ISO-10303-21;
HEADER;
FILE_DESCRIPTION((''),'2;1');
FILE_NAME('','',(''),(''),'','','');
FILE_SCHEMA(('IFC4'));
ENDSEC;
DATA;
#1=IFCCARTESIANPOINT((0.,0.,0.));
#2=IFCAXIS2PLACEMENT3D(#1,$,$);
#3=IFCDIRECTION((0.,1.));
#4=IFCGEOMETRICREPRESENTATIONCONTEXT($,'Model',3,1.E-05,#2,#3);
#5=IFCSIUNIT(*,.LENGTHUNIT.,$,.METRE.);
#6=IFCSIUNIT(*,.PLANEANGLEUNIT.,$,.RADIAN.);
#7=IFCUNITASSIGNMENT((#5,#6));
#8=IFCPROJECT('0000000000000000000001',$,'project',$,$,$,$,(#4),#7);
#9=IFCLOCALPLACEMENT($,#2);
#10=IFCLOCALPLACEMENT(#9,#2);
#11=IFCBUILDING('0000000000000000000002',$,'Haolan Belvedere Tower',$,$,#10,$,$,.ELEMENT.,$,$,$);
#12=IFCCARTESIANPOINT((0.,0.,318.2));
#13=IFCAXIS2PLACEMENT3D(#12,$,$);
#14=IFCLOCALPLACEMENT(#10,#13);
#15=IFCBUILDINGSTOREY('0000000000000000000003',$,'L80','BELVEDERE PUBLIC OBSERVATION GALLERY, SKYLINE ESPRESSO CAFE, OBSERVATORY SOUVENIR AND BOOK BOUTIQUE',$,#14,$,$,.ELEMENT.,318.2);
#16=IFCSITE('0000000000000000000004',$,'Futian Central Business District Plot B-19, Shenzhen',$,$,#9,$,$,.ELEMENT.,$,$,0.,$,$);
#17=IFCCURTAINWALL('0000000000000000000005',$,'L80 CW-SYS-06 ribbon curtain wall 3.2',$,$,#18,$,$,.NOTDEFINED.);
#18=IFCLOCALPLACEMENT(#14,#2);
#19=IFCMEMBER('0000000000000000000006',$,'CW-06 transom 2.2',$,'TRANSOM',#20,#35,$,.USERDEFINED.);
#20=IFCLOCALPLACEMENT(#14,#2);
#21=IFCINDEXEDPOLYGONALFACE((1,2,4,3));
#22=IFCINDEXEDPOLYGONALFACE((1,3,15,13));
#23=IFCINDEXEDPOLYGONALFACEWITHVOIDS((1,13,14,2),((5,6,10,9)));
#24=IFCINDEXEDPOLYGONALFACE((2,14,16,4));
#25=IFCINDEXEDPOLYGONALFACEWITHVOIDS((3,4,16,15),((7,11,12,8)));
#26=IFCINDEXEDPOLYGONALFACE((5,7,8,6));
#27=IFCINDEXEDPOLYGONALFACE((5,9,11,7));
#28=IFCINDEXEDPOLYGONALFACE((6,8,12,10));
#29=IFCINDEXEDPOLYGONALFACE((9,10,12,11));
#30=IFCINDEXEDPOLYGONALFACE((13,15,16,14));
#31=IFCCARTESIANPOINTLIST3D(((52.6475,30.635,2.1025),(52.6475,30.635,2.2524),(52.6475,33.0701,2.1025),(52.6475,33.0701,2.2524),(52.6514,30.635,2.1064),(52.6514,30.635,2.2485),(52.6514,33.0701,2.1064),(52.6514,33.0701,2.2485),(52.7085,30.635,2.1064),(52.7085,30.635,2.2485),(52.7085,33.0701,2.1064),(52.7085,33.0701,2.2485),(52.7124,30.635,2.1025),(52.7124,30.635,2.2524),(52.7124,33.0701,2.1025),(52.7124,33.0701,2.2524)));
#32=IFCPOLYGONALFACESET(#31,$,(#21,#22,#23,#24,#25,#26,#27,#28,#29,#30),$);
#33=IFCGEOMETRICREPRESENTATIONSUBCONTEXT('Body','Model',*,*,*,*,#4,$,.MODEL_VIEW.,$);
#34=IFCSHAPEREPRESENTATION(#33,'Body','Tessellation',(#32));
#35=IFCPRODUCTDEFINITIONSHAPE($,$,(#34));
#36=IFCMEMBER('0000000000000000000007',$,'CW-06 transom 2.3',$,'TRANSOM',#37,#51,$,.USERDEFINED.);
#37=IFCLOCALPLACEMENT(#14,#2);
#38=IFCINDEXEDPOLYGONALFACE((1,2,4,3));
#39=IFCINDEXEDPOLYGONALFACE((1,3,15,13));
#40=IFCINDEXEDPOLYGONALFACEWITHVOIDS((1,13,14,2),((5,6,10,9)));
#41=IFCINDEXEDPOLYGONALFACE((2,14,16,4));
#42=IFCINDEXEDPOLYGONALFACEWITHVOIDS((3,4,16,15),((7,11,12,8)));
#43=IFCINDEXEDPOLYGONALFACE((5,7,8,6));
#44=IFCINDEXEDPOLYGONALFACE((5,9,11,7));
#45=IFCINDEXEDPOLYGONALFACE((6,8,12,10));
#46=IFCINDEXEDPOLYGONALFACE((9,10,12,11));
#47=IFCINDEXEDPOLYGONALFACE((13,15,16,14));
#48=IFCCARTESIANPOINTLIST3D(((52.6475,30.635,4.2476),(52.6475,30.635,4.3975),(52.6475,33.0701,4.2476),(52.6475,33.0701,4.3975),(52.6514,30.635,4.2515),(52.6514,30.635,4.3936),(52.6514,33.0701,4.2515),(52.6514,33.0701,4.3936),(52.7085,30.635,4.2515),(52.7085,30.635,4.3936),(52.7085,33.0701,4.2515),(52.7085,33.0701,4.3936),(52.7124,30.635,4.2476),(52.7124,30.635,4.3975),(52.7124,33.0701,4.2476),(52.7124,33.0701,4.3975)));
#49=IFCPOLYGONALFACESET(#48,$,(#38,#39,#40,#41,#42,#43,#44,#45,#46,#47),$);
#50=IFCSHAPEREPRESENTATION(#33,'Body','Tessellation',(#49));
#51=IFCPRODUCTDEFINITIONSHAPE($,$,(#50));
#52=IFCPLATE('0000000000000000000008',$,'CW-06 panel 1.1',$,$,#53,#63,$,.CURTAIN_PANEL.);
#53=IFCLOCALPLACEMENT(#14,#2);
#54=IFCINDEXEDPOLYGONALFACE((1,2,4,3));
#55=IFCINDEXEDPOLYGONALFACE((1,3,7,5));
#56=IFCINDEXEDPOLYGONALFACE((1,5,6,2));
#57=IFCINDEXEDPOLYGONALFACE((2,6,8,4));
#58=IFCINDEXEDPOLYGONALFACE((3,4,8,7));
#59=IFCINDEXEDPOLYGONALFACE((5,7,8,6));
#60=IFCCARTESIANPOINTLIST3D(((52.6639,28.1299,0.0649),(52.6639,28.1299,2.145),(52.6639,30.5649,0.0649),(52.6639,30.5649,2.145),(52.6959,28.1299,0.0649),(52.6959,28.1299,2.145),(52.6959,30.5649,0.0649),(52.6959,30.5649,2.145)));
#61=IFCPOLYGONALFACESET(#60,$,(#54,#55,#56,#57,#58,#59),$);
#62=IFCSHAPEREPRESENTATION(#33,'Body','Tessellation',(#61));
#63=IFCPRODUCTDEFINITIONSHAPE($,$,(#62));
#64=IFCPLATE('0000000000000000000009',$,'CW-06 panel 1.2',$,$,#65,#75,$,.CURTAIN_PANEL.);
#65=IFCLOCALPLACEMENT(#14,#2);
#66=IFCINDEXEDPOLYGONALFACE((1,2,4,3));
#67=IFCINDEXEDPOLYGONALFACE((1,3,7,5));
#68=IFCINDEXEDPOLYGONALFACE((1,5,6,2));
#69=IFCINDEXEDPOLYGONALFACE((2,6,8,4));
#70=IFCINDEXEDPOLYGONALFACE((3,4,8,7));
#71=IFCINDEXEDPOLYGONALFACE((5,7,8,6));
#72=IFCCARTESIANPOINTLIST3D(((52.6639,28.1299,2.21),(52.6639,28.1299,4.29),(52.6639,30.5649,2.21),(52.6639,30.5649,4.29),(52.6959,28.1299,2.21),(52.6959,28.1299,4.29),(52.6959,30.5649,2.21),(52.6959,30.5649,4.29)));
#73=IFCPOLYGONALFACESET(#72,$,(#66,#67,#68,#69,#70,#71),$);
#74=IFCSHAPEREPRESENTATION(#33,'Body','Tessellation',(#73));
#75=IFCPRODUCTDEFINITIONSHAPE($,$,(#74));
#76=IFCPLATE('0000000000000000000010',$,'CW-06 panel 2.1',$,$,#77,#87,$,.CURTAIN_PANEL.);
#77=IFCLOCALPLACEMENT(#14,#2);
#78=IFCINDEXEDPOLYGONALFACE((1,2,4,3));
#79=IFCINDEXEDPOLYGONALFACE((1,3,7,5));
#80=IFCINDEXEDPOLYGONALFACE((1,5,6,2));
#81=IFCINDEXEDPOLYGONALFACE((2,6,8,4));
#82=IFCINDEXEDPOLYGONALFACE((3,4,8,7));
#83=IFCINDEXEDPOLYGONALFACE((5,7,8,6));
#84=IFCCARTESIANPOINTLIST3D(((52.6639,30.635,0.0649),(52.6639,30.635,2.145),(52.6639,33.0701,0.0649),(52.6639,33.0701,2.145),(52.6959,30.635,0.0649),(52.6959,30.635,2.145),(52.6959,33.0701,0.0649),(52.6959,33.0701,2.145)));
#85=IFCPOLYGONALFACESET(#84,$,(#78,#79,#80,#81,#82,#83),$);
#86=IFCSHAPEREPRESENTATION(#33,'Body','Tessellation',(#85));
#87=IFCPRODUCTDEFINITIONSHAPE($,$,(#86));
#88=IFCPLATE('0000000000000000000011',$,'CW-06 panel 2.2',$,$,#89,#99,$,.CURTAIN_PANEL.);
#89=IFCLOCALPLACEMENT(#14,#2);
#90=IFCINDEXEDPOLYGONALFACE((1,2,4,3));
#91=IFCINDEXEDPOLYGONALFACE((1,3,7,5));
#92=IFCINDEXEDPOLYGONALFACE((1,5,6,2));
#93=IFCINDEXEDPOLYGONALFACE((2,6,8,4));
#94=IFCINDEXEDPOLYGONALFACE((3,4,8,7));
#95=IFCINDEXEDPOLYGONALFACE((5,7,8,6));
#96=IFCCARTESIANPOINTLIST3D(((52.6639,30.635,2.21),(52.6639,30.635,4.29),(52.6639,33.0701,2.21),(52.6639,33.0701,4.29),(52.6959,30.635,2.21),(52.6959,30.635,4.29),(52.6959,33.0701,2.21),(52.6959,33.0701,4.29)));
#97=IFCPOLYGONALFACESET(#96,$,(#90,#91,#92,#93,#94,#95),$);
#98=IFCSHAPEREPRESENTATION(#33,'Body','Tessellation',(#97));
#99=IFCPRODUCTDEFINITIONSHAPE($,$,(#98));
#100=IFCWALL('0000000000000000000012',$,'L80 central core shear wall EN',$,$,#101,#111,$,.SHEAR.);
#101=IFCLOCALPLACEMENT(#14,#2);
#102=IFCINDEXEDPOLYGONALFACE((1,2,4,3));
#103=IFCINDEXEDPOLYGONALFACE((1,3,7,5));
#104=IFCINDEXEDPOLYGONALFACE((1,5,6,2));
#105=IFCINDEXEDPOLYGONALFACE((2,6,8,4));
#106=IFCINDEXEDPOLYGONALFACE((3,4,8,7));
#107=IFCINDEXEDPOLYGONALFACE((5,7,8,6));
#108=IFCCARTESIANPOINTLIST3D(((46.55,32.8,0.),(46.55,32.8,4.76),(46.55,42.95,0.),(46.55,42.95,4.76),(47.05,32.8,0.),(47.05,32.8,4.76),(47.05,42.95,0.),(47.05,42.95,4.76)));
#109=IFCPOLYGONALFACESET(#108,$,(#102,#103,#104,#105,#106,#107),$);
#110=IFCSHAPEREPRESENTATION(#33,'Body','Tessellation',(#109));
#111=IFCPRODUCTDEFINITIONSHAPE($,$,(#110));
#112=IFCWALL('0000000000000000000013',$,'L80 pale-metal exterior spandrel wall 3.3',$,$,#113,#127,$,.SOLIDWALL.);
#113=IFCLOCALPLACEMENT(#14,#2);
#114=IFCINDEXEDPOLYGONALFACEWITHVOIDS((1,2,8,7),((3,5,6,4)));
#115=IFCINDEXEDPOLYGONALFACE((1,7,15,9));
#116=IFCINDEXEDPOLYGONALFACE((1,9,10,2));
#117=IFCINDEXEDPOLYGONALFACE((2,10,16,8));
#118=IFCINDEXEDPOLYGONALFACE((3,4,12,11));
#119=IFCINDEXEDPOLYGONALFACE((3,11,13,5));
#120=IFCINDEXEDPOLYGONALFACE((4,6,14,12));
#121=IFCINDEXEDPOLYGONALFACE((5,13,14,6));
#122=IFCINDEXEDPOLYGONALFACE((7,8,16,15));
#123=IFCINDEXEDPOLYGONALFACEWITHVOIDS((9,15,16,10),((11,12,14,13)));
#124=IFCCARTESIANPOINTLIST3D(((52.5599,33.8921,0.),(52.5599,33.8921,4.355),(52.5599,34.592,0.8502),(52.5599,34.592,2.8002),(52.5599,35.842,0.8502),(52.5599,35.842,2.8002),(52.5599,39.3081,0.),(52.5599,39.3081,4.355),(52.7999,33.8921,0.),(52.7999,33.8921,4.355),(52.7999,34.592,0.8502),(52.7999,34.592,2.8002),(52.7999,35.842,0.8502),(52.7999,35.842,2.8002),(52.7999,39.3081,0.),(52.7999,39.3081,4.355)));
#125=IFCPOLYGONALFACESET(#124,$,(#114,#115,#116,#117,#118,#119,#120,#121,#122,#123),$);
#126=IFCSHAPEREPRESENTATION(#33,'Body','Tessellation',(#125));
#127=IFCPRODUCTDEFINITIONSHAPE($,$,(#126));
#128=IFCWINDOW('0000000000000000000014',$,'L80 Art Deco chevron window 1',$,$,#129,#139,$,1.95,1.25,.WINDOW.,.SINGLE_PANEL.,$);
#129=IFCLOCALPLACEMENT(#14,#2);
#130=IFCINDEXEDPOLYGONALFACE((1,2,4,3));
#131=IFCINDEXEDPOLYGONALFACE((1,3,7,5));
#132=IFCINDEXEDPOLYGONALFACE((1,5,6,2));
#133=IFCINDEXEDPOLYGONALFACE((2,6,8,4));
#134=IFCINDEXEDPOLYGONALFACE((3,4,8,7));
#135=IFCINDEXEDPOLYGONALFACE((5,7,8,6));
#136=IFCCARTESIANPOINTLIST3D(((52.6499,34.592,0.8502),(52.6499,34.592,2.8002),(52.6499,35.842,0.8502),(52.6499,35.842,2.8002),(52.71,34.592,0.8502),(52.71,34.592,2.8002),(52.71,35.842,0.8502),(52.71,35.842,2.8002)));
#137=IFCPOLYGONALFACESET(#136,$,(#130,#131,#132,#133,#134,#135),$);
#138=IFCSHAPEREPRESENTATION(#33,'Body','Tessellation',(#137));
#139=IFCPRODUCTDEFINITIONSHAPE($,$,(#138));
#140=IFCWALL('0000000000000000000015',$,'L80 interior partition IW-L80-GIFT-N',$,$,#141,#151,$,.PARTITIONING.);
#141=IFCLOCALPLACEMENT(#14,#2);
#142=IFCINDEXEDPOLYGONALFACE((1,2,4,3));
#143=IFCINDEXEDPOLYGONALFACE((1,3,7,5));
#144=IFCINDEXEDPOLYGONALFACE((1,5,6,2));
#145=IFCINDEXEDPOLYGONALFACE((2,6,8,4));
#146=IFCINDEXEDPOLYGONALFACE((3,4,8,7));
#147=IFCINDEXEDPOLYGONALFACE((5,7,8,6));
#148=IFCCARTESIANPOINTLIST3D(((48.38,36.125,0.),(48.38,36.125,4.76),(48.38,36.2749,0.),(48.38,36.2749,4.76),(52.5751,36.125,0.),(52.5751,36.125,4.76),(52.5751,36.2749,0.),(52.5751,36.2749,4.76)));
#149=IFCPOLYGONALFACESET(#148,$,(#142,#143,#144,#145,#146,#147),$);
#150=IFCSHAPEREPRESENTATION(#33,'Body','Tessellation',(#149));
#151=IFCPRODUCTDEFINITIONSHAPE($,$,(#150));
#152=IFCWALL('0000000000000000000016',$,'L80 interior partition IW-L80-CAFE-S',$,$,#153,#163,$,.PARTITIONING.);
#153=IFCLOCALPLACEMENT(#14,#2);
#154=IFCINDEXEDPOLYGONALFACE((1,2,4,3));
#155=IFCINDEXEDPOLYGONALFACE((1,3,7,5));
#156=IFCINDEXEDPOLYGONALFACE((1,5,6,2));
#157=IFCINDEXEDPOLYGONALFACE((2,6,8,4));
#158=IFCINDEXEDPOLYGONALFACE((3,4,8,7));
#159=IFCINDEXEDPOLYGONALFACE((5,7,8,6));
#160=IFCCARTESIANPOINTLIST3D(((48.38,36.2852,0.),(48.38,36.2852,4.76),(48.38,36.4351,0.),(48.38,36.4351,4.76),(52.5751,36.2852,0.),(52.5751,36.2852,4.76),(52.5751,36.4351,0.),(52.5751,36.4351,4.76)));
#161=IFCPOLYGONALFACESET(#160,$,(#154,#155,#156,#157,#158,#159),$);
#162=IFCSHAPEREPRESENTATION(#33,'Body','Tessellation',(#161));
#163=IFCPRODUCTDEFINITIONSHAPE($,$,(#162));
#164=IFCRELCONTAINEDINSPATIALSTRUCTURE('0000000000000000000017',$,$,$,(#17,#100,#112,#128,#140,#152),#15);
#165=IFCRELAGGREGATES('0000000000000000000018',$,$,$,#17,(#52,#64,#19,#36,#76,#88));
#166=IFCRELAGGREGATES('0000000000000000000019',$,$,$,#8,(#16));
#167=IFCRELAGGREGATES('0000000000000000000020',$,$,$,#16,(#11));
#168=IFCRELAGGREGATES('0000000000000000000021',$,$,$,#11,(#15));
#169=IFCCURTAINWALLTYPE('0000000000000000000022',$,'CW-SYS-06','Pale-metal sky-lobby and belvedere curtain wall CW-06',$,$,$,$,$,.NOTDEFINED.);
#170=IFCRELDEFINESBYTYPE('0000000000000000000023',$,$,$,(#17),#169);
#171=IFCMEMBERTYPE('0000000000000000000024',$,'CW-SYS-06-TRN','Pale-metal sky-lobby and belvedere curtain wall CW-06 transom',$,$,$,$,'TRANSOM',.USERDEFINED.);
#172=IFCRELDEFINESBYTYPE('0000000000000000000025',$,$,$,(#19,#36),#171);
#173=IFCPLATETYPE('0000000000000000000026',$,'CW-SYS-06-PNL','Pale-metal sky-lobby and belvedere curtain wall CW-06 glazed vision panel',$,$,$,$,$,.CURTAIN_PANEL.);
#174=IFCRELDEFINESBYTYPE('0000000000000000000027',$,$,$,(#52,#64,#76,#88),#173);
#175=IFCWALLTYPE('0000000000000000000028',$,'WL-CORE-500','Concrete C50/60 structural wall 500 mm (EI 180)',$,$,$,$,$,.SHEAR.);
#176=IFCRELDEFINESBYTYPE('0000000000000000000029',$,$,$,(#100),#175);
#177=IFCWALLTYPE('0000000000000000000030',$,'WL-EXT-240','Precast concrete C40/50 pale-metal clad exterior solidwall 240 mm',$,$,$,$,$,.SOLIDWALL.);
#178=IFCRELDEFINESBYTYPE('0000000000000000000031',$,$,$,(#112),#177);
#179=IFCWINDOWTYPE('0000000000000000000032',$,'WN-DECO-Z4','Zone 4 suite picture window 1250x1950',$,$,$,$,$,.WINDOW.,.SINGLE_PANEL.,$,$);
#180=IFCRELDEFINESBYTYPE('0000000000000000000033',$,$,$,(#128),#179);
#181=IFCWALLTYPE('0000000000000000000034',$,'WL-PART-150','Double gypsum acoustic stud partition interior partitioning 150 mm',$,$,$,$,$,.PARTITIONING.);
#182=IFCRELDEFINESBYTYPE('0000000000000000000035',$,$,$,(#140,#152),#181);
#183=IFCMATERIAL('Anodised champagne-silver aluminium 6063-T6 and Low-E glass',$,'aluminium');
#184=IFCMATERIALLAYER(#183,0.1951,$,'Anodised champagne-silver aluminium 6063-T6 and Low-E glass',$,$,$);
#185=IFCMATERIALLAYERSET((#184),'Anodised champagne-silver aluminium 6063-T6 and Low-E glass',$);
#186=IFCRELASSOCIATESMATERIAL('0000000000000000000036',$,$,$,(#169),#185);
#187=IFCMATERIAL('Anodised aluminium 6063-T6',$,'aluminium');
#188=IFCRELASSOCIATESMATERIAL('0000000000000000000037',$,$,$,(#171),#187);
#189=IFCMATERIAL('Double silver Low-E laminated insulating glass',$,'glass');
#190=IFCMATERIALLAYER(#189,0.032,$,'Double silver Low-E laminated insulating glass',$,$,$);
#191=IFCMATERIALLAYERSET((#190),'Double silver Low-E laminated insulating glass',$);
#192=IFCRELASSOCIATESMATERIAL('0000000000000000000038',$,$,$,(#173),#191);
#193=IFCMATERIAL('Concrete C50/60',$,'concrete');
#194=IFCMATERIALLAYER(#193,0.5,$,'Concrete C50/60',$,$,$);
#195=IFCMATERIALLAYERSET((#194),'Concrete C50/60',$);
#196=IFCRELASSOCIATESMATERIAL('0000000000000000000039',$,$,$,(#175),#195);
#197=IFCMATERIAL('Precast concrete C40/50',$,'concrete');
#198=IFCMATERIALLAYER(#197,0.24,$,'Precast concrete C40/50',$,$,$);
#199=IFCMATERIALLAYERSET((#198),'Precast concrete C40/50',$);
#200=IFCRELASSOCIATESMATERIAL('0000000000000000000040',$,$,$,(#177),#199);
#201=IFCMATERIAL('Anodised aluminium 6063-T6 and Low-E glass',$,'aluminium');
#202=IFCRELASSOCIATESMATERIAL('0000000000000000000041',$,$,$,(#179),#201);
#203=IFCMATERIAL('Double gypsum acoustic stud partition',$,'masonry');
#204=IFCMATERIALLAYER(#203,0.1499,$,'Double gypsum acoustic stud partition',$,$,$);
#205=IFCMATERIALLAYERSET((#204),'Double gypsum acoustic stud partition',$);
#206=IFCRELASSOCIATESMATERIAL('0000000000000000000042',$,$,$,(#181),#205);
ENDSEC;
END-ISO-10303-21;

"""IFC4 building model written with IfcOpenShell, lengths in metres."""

from ifc_helpers import new_model, si_unit, direction, frame, frame_2d, origin, origin_2d, place, context, subcontext, project, spatial, rectangle, hollow_rectangle, extrude, material, layer, layer_set, material_profile, profile_set, type_object, element, fill, aggregate, save


model = new_model("IFC4")

# Units and contexts
model_context = context("Model", 3, precision=1e-05, world=origin(), true_north=direction((0.0, 1.0)))
body_context = subcontext(model_context, "Body", "Model", "MODEL_VIEW")
ifc_project = project(units=[si_unit("LENGTHUNIT", "METRE"), si_unit("PLANEANGLEUNIT", "RADIAN")], contexts=[model_context])

# Site, building, storey
site_placement = place(None, origin())
site = spatial("IfcSite", under=ifc_project, at=site_placement, Name="Futian Central Business District Plot B-19, Shenzhen", CompositionType="ELEMENT", RefElevation=0.0)
building_placement = place(site_placement, origin())
building = spatial("IfcBuilding", under=site, at=building_placement, Name="Haolan Belvedere Tower", CompositionType="ELEMENT")
storey_placement = place(building_placement, frame((0.0, 0.0, 318.2)))
storey = spatial("IfcBuildingStorey", under=building, at=storey_placement, Name="L80", Description="BELVEDERE PUBLIC OBSERVATION GALLERY, SKYLINE ESPRESSO CAFE, OBSERVATORY SOUVENIR AND BOOK BOUTIQUE", CompositionType="ELEMENT", Elevation=318.2)

# Curtain wall, members, plates
ifc_material_1 = material(Name="Anodised champagne-silver aluminium 6063-T6 and Low-E glass", Category="aluminium")
ifc_layer_1 = layer(ifc_material_1, 0.1951, Name="Anodised champagne-silver aluminium 6063-T6 and Low-E glass")
ifc_layer_set_1 = layer_set([ifc_layer_1], Name="Anodised champagne-silver aluminium 6063-T6 and Low-E glass")
curtain_wall_type = type_object("IfcCurtainWallType", Name="CW-SYS-06", Description="Pale-metal sky-lobby and belvedere curtain wall CW-06", PredefinedType="NOTDEFINED", material=ifc_layer_set_1)
curtain_wall_placement = place(storey_placement, origin())
curtain_wall = element("IfcCurtainWall", 1, at=curtain_wall_placement, inside=storey, type_object=curtain_wall_type, Name="L80 CW-SYS-06 ribbon curtain wall 3.2", PredefinedType="NOTDEFINED")
ifc_material_2 = material(Name="Anodised aluminium 6063-T6", Category="aluminium")
ifc_material_profile_1 = material_profile(ifc_material_2, hollow_rectangle(XDim=0.0649, YDim=0.1499, WallThickness=0.0039, at=origin_2d()), Name="Anodised aluminium 6063-T6")
ifc_profile_set_1 = profile_set([ifc_material_profile_1], Name="Anodised aluminium 6063-T6")
member_type_1 = type_object("IfcMemberType", Name="CW-SYS-06-TRN", Description="Pale-metal sky-lobby and belvedere curtain wall CW-06 transom", ElementType="TRANSOM", PredefinedType="USERDEFINED", material=ifc_profile_set_1)
member_1_placement = place(storey_placement, frame((52.6799, 30.635, 2.1775), z_axis=(0.0, 1.0, 0.0), x_axis=(-1.0, 0.0, 0.0)))
member_1 = element("IfcMember", 2, at=member_1_placement, type_object=member_type_1, Name="CW-06 transom 2.2", ObjectType="TRANSOM", PredefinedType="USERDEFINED", context=body_context, shape_type="SweptSolid", body=[
    extrude(hollow_rectangle(XDim=0.0649, YDim=0.1499, WallThickness=0.0039, at=origin_2d()), origin(), (0.0, 0.0, 1.0), 2.4351),
])
member_2_placement = place(storey_placement, frame((52.6799, 30.635, 4.3225), z_axis=(0.0, 1.0, 0.0), x_axis=(-1.0, 0.0, 0.0)))
member_2 = element("IfcMember", 3, at=member_2_placement, type_object=member_type_1, Name="CW-06 transom 2.3", ObjectType="TRANSOM", PredefinedType="USERDEFINED", context=body_context, shape_type="SweptSolid", body=[
    extrude(hollow_rectangle(XDim=0.0649, YDim=0.1499, WallThickness=0.0039, at=origin_2d()), origin(), (0.0, 0.0, 1.0), 2.4351),
])
ifc_material_3 = material(Name="Double silver Low-E laminated insulating glass", Category="glass")
ifc_layer_2 = layer(ifc_material_3, 0.032, Name="Double silver Low-E laminated insulating glass")
ifc_layer_set_2 = layer_set([ifc_layer_2], Name="Double silver Low-E laminated insulating glass")
plate_type = type_object("IfcPlateType", Name="CW-SYS-06-PNL", Description="Pale-metal sky-lobby and belvedere curtain wall CW-06 glazed vision panel", PredefinedType="CURTAIN_PANEL", material=ifc_layer_set_2)
plate_1_placement = place(storey_placement, frame((52.6799, 29.3474, 0.0649), z_axis=(0.0, 0.0, 1.0), x_axis=(0.0, 1.0, 0.0)))
plate_1 = element("IfcPlate", 4, at=plate_1_placement, type_object=plate_type, Name="CW-06 panel 1.1", PredefinedType="CURTAIN_PANEL", context=body_context, shape_type="SweptSolid", body=[
    extrude(rectangle(XDim=2.4351, YDim=0.032, at=origin_2d()), origin(), (0.0, 0.0, 1.0), 2.0801),
])
plate_2_placement = place(storey_placement, frame((52.6799, 29.3474, 2.21), z_axis=(0.0, 0.0, 1.0), x_axis=(0.0, 1.0, 0.0)))
plate_2 = element("IfcPlate", 5, at=plate_2_placement, type_object=plate_type, Name="CW-06 panel 1.2", PredefinedType="CURTAIN_PANEL", context=body_context, shape_type="SweptSolid", body=[
    extrude(rectangle(XDim=2.4351, YDim=0.032, at=origin_2d()), origin(), (0.0, 0.0, 1.0), 2.0801),
])
plate_3_placement = place(storey_placement, frame((52.6799, 31.8525, 0.0649), z_axis=(0.0, 0.0, 1.0), x_axis=(0.0, 1.0, 0.0)))
plate_3 = element("IfcPlate", 6, at=plate_3_placement, type_object=plate_type, Name="CW-06 panel 2.1", PredefinedType="CURTAIN_PANEL", context=body_context, shape_type="SweptSolid", body=[
    extrude(rectangle(XDim=2.4351, YDim=0.032, at=origin_2d()), origin(), (0.0, 0.0, 1.0), 2.0801),
])
plate_4_placement = place(storey_placement, frame((52.6799, 31.8525, 2.21), z_axis=(0.0, 0.0, 1.0), x_axis=(0.0, 1.0, 0.0)))
plate_4 = element("IfcPlate", 7, at=plate_4_placement, type_object=plate_type, Name="CW-06 panel 2.2", PredefinedType="CURTAIN_PANEL", context=body_context, shape_type="SweptSolid", body=[
    extrude(rectangle(XDim=2.4351, YDim=0.032, at=origin_2d()), origin(), (0.0, 0.0, 1.0), 2.0801),
])
aggregate(curtain_wall, [plate_1, plate_2, member_1, member_2, plate_3, plate_4])

# Wall
ifc_material_4 = material(Name="Concrete C50/60", Category="concrete")
ifc_layer_3 = layer(ifc_material_4, 0.5, Name="Concrete C50/60")
ifc_layer_set_3 = layer_set([ifc_layer_3], Name="Concrete C50/60")
wall_type_1 = type_object("IfcWallType", Name="WL-CORE-500", Description="Concrete C50/60 structural wall 500 mm (EI 180)", PredefinedType="SHEAR", material=ifc_layer_set_3)
wall_1_placement = place(storey_placement, frame((46.8, 32.8, 0.0), z_axis=(0.0, 0.0, 1.0), x_axis=(0.0, 1.0, 0.0)))
element("IfcWall", 8, at=wall_1_placement, inside=storey, type_object=wall_type_1, Name="L80 central core shear wall EN", PredefinedType="SHEAR", context=body_context, shape_type="SweptSolid", body=[
    extrude(rectangle(XDim=10.1499, YDim=0.5, at=frame_2d((5.075, 0.0))), origin(), (0.0, 0.0, 1.0), 4.76),
])

# Wall, opening, window
ifc_material_5 = material(Name="Precast concrete C40/50", Category="concrete")
ifc_layer_4 = layer(ifc_material_5, 0.24, Name="Precast concrete C40/50")
ifc_layer_set_4 = layer_set([ifc_layer_4], Name="Precast concrete C40/50")
wall_type_2 = type_object("IfcWallType", Name="WL-EXT-240", Description="Precast concrete C40/50 pale-metal clad exterior solidwall 240 mm", PredefinedType="SOLIDWALL", material=ifc_layer_set_4)
wall_2_placement = place(storey_placement, frame((52.6799, 33.8921, 0.0), z_axis=(0.0, 0.0, 1.0), x_axis=(0.0, 1.0, 0.0)))
wall_2 = element("IfcWall", 9, at=wall_2_placement, inside=storey, type_object=wall_type_2, Name="L80 pale-metal exterior spandrel wall 3.3", PredefinedType="SOLIDWALL", context=body_context, shape_type="SweptSolid", body=[
    extrude(rectangle(XDim=5.416, YDim=0.24, at=frame_2d((2.708, 0.0))), origin(), (0.0, 0.0, 1.0), 4.355),
])
opening_1_placement = place(wall_2_placement, frame((0.7, 0.0, 0.8501)))
opening_1 = element("IfcOpeningElement", 10, at=opening_1_placement, cuts=wall_2, PredefinedType="OPENING", context=body_context, shape_type="SweptSolid", body=[
    extrude(rectangle(XDim=1.25, YDim=1.95, at=frame_2d((0.625, 0.9751))), frame((0.0, 0.1299, 0.0), z_axis=(0.0, -1.0, 0.0), x_axis=(1.0, 0.0, 0.0)), (0.0, 0.0, 1.0), 0.26),
])
ifc_material_6 = material(Name="Anodised aluminium 6063-T6 and Low-E glass", Category="aluminium")
window_type = type_object("IfcWindowType", Name="WN-DECO-Z4", Description="Zone 4 suite picture window 1250x1950", PartitioningType="SINGLE_PANEL", PredefinedType="WINDOW", material=ifc_material_6)
window_placement = place(opening_1_placement, origin())
window = element("IfcWindow", 11, at=window_placement, inside=storey, type_object=window_type, Name="L80 Art Deco chevron window 1", OverallHeight=1.95, OverallWidth=1.25, PartitioningType="SINGLE_PANEL", PredefinedType="WINDOW", context=body_context, shape_type="SweptSolid", body=[
    extrude(rectangle(XDim=1.25, YDim=1.95, at=frame_2d((0.625, 0.9751))), frame((0.0, 0.03, 0.0), z_axis=(0.0, -1.0, 0.0), x_axis=(1.0, 0.0, 0.0)), (0.0, 0.0, 1.0), 0.0601),
])
fill(opening_1, window)

# Walls
ifc_material_7 = material(Name="Double gypsum acoustic stud partition", Category="masonry")
ifc_layer_5 = layer(ifc_material_7, 0.1499, Name="Double gypsum acoustic stud partition")
ifc_layer_set_5 = layer_set([ifc_layer_5], Name="Double gypsum acoustic stud partition")
wall_type_3 = type_object("IfcWallType", Name="WL-PART-150", Description="Double gypsum acoustic stud partition interior partitioning 150 mm", PredefinedType="PARTITIONING", material=ifc_layer_set_5)
for number, where, z_axis, x_axis, name in (
    (12, (48.3799, 36.2, 0.0), (0.0, 0.0, 1.0), (1.0, 0.0, 0.0), "L80 interior partition IW-L80-GIFT-N"),
    (13, (48.3799, 36.3601, 0.0), (0.0, 0.0, 1.0), (1.0, 0.0, 0.0), "L80 interior partition IW-L80-CAFE-S"),
):
    element("IfcWall", number, at=place(storey_placement, frame(where, z_axis=z_axis, x_axis=x_axis)), inside=storey, type_object=wall_type_3, Name=name, PredefinedType="PARTITIONING", context=body_context, shape_type="SweptSolid", body=[
        extrude(rectangle(XDim=4.1951, YDim=0.1499, at=frame_2d((2.0977, 0.0))), origin(), (0.0, 0.0, 1.0), 4.76),
    ])

save(model, "model.ifc")
